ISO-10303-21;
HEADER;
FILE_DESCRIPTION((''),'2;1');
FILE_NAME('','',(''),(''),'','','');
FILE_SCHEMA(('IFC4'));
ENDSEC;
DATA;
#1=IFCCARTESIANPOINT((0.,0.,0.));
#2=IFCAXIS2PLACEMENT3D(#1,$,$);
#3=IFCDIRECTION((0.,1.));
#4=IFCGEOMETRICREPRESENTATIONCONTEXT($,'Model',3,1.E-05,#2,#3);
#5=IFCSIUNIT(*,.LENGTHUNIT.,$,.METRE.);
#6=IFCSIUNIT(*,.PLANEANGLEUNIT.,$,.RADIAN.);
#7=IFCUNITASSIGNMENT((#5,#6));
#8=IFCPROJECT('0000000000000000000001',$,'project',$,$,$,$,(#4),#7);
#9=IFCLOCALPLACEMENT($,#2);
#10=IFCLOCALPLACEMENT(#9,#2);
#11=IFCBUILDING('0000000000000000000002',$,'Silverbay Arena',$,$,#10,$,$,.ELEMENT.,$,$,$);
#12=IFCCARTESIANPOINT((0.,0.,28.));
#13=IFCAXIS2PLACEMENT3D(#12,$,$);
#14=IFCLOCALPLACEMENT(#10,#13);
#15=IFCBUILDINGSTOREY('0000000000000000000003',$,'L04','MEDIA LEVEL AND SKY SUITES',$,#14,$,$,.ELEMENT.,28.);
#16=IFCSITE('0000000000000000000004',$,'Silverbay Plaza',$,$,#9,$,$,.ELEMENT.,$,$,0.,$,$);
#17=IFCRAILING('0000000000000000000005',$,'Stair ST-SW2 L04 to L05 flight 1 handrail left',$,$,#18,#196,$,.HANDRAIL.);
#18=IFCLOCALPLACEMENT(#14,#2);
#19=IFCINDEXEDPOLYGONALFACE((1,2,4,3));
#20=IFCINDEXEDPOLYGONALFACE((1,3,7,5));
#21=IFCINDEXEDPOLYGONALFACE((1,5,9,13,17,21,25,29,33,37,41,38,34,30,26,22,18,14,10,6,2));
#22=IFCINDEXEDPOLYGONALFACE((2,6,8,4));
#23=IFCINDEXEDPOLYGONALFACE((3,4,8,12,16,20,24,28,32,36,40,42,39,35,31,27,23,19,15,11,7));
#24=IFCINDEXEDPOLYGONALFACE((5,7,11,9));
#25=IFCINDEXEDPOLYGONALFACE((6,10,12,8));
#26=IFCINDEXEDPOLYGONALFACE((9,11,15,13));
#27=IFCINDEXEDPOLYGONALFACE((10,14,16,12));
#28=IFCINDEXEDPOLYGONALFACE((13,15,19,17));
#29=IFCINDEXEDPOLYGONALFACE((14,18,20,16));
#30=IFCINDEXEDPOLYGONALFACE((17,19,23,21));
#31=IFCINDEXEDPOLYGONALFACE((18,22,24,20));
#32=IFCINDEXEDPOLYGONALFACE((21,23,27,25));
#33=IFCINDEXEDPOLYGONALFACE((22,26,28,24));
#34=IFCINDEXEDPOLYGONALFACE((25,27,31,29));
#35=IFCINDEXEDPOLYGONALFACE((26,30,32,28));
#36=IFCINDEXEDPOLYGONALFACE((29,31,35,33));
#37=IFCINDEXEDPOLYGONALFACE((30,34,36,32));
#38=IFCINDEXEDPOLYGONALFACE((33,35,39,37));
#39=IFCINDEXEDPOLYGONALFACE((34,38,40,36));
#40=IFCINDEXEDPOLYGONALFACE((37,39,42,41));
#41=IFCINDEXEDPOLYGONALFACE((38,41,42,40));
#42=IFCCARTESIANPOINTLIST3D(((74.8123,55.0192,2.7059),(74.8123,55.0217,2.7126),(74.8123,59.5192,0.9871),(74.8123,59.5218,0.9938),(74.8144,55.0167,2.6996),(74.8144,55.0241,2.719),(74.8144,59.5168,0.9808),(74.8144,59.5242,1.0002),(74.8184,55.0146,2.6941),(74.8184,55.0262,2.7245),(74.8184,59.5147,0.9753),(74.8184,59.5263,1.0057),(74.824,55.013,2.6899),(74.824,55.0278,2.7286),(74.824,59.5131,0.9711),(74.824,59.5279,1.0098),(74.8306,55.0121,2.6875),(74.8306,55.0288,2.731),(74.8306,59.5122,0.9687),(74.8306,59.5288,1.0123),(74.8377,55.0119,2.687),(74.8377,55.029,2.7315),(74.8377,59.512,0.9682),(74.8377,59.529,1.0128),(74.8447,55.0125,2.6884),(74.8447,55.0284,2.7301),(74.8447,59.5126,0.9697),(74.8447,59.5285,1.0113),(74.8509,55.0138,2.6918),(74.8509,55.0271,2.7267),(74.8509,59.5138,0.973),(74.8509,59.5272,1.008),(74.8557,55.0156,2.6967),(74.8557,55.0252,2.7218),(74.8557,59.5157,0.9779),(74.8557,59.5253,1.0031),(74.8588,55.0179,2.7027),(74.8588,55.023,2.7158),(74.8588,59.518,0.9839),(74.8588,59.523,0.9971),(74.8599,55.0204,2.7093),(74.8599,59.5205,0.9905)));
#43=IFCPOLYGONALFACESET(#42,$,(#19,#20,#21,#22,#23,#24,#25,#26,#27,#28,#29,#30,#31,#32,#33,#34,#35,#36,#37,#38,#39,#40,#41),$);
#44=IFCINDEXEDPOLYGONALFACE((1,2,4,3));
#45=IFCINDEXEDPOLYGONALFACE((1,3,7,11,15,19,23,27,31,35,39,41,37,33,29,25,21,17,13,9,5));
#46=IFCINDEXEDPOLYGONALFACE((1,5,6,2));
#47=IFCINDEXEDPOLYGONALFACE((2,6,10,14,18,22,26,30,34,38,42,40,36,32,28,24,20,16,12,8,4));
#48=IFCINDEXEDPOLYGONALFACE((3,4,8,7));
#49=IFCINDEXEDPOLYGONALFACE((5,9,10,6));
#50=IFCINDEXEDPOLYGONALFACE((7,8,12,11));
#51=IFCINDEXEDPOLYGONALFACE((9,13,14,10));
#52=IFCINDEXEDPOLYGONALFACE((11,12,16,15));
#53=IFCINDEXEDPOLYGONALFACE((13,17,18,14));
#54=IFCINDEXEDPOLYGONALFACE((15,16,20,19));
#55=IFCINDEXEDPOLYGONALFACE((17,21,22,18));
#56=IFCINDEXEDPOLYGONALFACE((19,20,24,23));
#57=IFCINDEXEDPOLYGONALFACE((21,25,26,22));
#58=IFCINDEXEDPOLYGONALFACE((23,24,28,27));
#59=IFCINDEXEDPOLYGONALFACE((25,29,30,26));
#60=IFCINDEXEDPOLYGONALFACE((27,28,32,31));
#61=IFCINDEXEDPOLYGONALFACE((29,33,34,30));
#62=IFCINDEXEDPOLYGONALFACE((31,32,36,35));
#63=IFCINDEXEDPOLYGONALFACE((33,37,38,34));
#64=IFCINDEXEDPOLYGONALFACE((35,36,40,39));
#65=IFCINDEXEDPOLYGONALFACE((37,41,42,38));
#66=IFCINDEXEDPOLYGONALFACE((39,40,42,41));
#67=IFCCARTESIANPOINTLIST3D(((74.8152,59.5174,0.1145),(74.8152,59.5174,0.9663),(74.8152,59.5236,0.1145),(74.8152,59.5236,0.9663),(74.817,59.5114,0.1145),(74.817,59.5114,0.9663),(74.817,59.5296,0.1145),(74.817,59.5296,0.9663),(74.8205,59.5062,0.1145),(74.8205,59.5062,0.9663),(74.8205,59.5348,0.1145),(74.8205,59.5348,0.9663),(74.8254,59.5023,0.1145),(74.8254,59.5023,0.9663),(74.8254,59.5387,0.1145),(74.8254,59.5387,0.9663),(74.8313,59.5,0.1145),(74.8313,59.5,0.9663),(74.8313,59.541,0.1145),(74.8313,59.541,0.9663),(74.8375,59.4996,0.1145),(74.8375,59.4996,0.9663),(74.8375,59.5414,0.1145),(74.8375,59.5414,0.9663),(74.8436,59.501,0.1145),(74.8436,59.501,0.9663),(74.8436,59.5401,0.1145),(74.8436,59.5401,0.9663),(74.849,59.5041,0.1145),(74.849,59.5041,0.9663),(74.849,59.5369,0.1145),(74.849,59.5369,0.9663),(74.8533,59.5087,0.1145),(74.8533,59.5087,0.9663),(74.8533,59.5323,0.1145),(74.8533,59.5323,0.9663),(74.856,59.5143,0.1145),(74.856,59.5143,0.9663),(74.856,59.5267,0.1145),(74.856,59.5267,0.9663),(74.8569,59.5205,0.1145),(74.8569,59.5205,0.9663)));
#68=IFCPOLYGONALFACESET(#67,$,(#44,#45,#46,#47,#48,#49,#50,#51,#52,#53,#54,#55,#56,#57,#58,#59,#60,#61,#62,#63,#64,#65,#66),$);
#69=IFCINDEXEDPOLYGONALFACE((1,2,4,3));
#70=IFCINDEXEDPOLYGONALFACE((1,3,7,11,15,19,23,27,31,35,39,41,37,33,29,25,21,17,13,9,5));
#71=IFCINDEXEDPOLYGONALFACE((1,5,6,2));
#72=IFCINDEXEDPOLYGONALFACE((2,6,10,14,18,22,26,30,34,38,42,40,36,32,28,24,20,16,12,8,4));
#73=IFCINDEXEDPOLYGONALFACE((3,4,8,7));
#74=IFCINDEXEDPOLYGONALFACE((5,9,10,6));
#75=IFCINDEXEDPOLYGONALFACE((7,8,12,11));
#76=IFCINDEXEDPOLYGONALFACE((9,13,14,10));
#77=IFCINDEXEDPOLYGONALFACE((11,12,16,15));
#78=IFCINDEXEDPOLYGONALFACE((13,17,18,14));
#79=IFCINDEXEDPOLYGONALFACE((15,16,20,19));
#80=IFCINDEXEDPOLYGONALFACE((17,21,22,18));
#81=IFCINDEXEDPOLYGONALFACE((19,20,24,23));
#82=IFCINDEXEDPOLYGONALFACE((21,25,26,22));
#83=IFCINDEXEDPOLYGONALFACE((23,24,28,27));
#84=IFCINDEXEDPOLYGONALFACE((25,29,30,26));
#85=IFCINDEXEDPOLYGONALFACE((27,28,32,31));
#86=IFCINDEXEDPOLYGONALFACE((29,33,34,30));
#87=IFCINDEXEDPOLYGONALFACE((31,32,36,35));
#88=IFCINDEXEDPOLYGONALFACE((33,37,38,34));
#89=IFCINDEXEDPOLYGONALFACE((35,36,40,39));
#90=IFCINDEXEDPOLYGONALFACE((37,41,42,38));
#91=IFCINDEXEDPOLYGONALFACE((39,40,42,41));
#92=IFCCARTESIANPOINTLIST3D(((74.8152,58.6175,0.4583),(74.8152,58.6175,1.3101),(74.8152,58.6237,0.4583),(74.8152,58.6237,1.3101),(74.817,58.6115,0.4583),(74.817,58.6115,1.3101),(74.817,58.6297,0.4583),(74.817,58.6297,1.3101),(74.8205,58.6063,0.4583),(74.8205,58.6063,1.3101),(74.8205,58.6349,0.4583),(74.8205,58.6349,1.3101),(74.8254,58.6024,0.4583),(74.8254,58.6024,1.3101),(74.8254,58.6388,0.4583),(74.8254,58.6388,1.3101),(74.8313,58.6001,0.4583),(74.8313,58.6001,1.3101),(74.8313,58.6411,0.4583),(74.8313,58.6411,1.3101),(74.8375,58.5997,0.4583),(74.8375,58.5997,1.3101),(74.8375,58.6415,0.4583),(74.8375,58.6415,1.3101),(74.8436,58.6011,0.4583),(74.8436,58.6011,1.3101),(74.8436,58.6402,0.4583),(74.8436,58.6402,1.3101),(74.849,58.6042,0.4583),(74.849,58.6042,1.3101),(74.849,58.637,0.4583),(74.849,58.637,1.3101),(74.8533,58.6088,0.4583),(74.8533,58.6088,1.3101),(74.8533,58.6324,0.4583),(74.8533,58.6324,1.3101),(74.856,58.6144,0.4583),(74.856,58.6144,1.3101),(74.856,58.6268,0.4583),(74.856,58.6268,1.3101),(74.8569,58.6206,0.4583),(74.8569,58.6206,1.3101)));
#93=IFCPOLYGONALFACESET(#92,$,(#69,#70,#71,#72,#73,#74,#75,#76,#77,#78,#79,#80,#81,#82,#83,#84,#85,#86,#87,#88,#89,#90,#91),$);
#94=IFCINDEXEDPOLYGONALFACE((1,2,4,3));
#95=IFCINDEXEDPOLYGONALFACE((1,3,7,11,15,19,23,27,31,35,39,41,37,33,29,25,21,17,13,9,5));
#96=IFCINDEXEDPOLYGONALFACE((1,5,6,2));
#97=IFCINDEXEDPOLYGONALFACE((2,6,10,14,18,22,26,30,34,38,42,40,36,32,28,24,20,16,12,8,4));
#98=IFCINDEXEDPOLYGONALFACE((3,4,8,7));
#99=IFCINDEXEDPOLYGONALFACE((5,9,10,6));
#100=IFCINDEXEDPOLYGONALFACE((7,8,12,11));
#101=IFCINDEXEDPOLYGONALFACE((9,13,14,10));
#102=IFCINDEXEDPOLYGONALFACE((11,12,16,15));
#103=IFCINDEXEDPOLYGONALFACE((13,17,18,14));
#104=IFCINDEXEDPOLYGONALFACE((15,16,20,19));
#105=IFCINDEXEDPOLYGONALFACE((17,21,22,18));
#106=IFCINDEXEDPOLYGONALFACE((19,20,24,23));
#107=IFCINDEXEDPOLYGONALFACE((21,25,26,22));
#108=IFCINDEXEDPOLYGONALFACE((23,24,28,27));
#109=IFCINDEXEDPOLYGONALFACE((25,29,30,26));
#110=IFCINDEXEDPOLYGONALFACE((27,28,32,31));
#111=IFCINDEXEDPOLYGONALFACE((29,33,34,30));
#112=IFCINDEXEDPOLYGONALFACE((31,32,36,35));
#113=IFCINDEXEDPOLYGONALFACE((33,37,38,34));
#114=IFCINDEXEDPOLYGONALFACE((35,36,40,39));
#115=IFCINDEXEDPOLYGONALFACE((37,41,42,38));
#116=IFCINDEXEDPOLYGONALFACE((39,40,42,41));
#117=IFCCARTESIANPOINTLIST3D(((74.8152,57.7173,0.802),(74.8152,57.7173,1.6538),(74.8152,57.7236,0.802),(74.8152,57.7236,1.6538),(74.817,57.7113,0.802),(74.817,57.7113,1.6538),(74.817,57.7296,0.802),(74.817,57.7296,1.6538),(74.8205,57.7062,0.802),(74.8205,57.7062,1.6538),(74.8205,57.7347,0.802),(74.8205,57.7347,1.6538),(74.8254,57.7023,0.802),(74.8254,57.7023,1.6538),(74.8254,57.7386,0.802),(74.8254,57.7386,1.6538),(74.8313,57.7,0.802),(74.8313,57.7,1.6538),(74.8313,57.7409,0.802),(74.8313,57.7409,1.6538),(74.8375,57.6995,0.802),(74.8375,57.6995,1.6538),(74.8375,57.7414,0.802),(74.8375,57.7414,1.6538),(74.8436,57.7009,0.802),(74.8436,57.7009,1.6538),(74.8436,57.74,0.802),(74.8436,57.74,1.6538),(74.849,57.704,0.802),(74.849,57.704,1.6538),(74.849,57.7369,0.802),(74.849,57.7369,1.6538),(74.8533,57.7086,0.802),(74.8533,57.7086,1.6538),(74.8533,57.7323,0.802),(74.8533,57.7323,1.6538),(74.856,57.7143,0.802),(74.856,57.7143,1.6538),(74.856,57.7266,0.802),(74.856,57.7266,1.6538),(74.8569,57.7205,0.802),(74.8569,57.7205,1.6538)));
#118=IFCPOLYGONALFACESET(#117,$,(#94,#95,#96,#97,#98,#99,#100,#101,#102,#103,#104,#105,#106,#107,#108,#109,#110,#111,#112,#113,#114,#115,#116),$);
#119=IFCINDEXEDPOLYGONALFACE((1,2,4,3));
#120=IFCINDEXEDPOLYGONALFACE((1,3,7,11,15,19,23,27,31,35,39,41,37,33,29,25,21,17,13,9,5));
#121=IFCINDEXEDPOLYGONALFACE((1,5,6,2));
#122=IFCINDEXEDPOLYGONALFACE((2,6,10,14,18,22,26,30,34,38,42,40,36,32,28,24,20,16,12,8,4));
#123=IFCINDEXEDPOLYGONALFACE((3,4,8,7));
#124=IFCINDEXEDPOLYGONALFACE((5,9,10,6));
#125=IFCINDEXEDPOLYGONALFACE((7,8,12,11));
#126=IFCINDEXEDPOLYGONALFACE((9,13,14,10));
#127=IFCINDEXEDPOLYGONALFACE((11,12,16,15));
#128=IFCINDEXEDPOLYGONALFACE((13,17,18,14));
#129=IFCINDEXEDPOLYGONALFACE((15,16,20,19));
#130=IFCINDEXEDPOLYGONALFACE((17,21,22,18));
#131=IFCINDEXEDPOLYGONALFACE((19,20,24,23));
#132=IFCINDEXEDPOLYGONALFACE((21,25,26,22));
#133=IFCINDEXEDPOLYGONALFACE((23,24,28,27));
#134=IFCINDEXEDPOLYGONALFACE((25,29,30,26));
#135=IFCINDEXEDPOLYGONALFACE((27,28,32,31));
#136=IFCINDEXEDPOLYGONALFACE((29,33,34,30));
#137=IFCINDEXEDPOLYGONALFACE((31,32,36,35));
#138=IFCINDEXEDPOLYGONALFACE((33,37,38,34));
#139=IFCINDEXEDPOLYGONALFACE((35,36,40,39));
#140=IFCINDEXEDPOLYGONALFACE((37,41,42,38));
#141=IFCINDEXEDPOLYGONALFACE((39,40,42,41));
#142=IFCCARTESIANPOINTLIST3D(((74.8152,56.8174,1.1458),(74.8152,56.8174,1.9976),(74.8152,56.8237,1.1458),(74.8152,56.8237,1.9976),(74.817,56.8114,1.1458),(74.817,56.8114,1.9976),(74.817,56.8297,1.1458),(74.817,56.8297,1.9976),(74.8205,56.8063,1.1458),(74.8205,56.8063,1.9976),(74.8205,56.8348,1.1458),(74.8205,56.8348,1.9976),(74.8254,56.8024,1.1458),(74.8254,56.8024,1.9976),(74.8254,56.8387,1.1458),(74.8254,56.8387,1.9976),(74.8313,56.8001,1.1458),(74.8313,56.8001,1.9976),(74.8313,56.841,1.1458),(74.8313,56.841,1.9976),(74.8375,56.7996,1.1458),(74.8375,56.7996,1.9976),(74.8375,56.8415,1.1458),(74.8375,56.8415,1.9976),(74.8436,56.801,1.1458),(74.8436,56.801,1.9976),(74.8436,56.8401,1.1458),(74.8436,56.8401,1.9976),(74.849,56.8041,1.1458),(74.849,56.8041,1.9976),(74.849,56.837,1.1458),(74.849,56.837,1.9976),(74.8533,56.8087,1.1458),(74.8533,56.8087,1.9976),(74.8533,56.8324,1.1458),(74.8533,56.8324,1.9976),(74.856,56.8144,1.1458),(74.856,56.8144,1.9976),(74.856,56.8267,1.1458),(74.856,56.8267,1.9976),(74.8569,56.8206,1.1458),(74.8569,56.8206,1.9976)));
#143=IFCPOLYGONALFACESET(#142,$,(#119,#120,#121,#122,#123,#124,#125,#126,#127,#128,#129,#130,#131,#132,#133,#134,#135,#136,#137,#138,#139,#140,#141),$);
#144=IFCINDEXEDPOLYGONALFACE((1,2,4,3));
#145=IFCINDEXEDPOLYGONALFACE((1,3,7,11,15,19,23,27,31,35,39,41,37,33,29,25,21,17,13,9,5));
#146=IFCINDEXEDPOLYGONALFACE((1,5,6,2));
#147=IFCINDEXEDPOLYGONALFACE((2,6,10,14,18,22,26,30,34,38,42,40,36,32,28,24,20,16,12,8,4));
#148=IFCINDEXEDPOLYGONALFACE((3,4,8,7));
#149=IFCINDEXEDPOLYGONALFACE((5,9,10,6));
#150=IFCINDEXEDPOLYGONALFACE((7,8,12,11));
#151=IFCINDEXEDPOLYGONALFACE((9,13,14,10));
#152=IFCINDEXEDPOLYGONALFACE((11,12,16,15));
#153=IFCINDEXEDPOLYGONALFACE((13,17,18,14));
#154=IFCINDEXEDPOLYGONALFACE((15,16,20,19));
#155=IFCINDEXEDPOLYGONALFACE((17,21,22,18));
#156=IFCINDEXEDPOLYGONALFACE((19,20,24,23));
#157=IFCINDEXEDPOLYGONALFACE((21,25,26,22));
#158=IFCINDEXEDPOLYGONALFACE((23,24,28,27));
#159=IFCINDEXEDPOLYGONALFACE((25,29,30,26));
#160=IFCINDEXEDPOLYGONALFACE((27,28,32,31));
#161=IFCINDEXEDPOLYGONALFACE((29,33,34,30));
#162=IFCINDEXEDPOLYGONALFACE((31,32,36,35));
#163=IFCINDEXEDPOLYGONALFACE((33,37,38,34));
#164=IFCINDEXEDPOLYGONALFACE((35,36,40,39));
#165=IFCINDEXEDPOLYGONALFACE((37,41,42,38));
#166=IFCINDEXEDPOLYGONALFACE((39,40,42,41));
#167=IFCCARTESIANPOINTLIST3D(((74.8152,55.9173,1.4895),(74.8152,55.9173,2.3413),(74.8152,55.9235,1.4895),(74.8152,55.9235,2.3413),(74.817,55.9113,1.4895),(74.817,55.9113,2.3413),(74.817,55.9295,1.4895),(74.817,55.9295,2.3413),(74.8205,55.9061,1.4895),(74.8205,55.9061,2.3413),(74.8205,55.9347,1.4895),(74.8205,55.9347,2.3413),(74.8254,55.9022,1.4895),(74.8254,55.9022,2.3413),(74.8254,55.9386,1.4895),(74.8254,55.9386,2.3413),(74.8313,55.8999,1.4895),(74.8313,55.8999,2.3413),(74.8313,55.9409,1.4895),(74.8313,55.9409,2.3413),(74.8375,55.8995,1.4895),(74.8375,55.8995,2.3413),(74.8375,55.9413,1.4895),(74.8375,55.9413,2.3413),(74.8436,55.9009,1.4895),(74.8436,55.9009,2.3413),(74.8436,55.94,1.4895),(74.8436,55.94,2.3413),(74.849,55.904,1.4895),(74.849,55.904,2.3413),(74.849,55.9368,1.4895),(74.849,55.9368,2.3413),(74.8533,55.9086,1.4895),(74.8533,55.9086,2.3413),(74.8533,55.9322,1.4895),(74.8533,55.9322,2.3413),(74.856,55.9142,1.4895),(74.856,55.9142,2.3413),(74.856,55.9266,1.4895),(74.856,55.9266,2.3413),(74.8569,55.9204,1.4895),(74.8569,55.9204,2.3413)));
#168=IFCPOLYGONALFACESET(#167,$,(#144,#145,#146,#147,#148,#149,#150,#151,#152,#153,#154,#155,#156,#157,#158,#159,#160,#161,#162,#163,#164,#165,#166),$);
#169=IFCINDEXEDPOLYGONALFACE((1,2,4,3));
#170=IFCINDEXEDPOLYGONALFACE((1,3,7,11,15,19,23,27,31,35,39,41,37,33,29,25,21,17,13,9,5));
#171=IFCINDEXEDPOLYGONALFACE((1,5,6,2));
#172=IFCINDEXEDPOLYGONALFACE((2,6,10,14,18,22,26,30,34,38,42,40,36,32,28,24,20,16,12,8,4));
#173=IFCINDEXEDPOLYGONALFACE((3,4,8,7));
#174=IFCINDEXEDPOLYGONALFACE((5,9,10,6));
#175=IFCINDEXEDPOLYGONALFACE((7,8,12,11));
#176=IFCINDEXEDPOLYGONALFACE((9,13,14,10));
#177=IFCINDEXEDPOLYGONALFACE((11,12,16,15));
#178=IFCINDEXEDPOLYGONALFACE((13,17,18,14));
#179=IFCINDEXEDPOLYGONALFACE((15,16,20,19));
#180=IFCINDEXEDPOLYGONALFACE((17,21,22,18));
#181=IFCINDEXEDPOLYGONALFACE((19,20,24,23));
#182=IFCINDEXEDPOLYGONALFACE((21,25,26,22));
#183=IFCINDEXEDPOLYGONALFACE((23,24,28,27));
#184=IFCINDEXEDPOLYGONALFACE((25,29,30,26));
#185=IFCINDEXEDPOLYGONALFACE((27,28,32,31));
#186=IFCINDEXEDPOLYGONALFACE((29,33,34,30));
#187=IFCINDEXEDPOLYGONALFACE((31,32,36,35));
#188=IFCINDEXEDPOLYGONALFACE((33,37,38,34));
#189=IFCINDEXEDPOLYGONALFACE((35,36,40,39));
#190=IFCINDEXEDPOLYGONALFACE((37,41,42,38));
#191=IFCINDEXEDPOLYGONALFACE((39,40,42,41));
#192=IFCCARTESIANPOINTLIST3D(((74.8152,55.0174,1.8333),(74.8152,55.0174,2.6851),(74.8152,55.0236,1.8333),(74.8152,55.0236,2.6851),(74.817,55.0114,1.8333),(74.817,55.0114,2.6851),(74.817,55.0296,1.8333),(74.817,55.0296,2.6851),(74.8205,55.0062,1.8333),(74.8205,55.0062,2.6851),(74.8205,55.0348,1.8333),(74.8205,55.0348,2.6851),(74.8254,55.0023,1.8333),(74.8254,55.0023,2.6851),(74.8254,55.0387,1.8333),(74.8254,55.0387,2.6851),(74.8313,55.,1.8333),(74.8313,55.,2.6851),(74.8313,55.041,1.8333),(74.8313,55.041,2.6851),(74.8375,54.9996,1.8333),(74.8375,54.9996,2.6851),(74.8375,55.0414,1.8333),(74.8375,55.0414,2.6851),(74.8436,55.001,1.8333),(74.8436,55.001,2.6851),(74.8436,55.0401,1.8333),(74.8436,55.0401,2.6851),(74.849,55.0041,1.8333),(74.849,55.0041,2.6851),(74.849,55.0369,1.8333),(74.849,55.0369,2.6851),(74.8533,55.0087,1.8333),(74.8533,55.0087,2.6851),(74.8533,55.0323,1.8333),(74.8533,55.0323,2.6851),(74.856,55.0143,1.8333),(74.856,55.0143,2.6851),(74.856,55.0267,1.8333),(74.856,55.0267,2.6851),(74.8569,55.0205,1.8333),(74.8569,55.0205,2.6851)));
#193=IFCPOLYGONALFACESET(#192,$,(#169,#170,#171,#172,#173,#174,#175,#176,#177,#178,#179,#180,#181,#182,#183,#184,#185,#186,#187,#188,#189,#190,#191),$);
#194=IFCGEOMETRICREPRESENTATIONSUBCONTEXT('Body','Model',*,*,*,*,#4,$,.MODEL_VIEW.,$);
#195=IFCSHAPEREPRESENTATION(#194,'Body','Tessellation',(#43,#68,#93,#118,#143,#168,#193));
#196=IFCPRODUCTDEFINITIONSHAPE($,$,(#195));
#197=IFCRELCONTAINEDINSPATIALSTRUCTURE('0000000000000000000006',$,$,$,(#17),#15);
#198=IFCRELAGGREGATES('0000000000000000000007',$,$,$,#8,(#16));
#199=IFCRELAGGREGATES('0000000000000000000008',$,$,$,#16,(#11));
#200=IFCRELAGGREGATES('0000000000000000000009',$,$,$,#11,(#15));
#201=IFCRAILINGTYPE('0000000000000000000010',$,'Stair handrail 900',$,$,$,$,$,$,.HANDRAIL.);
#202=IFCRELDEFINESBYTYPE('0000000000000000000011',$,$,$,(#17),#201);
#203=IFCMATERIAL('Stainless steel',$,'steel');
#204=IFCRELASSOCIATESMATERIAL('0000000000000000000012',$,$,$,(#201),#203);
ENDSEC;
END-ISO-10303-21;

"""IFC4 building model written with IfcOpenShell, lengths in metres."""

from ifc_helpers import new_model, si_unit, direction, frame, origin, origin_2d, place, context, subcontext, project, spatial, circle, extrude, material, type_object, element, save


model = new_model("IFC4")

# Units and contexts
model_context = context("Model", 3, precision=1e-05, world=origin(), true_north=direction((0.0, 1.0)))
body_context = subcontext(model_context, "Body", "Model", "MODEL_VIEW")
ifc_project = project(units=[si_unit("LENGTHUNIT", "METRE"), si_unit("PLANEANGLEUNIT", "RADIAN")], contexts=[model_context])

# Site, building, storey
site_placement = place(None, origin())
site = spatial("IfcSite", under=ifc_project, at=site_placement, Name="Silverbay Plaza", CompositionType="ELEMENT", RefElevation=0.0)
building_placement = place(site_placement, origin())
building = spatial("IfcBuilding", under=site, at=building_placement, Name="Silverbay Arena", CompositionType="ELEMENT")
storey_placement = place(building_placement, frame((0.0, 0.0, 28.0)))
storey = spatial("IfcBuildingStorey", under=building, at=storey_placement, Name="L04", Description="MEDIA LEVEL AND SKY SUITES", CompositionType="ELEMENT", Elevation=28.0)

# Railing
ifc_material_1 = material(Name="Stainless steel", Category="steel")
railing_type_1 = type_object("IfcRailingType", Name="Stair handrail 900", PredefinedType="HANDRAIL", material=ifc_material_1)
for number, where, name in (
    (1, (74.8359, 59.5205, 0.1145), "Stair ST-SW2 L04 to L05 flight 1 handrail left"),
):
    element("IfcRailing", number, at=place(storey_placement, frame(where)), inside=storey, type_object=railing_type_1, Name=name, PredefinedType="HANDRAIL", context=body_context, shape_type="SweptSolid", body=[
        extrude(circle(Radius=0.0239, at=origin_2d()), frame((0.0, 0.0, 0.876), z_axis=(0.0, -0.934179, 0.356805), x_axis=(1.0, 0.0, 0.0)), (0.0, 0.0, 1.0), 4.8171),
        extrude(circle(Radius=0.021, at=origin_2d()), origin(), (0.0, 0.0, 1.0), 0.8518),
        extrude(circle(Radius=0.021, at=origin_2d()), frame((0.0, -0.8999, 0.3438)), (0.0, 0.0, 1.0), 0.8518),
        extrude(circle(Radius=0.021, at=origin_2d()), frame((0.0, -1.8, 0.6875)), (0.0, 0.0, 1.0), 0.8518),
        extrude(circle(Radius=0.021, at=origin_2d()), frame((0.0, -2.7, 1.0312)), (0.0, 0.0, 1.0), 0.8518),
        extrude(circle(Radius=0.021, at=origin_2d()), frame((0.0, -3.6001, 1.375)), (0.0, 0.0, 1.0), 0.8518),
        extrude(circle(Radius=0.021, at=origin_2d()), frame((0.0, -4.5, 1.7188)), (0.0, 0.0, 1.0), 0.8518),
    ])

save(model, "model.ifc")
